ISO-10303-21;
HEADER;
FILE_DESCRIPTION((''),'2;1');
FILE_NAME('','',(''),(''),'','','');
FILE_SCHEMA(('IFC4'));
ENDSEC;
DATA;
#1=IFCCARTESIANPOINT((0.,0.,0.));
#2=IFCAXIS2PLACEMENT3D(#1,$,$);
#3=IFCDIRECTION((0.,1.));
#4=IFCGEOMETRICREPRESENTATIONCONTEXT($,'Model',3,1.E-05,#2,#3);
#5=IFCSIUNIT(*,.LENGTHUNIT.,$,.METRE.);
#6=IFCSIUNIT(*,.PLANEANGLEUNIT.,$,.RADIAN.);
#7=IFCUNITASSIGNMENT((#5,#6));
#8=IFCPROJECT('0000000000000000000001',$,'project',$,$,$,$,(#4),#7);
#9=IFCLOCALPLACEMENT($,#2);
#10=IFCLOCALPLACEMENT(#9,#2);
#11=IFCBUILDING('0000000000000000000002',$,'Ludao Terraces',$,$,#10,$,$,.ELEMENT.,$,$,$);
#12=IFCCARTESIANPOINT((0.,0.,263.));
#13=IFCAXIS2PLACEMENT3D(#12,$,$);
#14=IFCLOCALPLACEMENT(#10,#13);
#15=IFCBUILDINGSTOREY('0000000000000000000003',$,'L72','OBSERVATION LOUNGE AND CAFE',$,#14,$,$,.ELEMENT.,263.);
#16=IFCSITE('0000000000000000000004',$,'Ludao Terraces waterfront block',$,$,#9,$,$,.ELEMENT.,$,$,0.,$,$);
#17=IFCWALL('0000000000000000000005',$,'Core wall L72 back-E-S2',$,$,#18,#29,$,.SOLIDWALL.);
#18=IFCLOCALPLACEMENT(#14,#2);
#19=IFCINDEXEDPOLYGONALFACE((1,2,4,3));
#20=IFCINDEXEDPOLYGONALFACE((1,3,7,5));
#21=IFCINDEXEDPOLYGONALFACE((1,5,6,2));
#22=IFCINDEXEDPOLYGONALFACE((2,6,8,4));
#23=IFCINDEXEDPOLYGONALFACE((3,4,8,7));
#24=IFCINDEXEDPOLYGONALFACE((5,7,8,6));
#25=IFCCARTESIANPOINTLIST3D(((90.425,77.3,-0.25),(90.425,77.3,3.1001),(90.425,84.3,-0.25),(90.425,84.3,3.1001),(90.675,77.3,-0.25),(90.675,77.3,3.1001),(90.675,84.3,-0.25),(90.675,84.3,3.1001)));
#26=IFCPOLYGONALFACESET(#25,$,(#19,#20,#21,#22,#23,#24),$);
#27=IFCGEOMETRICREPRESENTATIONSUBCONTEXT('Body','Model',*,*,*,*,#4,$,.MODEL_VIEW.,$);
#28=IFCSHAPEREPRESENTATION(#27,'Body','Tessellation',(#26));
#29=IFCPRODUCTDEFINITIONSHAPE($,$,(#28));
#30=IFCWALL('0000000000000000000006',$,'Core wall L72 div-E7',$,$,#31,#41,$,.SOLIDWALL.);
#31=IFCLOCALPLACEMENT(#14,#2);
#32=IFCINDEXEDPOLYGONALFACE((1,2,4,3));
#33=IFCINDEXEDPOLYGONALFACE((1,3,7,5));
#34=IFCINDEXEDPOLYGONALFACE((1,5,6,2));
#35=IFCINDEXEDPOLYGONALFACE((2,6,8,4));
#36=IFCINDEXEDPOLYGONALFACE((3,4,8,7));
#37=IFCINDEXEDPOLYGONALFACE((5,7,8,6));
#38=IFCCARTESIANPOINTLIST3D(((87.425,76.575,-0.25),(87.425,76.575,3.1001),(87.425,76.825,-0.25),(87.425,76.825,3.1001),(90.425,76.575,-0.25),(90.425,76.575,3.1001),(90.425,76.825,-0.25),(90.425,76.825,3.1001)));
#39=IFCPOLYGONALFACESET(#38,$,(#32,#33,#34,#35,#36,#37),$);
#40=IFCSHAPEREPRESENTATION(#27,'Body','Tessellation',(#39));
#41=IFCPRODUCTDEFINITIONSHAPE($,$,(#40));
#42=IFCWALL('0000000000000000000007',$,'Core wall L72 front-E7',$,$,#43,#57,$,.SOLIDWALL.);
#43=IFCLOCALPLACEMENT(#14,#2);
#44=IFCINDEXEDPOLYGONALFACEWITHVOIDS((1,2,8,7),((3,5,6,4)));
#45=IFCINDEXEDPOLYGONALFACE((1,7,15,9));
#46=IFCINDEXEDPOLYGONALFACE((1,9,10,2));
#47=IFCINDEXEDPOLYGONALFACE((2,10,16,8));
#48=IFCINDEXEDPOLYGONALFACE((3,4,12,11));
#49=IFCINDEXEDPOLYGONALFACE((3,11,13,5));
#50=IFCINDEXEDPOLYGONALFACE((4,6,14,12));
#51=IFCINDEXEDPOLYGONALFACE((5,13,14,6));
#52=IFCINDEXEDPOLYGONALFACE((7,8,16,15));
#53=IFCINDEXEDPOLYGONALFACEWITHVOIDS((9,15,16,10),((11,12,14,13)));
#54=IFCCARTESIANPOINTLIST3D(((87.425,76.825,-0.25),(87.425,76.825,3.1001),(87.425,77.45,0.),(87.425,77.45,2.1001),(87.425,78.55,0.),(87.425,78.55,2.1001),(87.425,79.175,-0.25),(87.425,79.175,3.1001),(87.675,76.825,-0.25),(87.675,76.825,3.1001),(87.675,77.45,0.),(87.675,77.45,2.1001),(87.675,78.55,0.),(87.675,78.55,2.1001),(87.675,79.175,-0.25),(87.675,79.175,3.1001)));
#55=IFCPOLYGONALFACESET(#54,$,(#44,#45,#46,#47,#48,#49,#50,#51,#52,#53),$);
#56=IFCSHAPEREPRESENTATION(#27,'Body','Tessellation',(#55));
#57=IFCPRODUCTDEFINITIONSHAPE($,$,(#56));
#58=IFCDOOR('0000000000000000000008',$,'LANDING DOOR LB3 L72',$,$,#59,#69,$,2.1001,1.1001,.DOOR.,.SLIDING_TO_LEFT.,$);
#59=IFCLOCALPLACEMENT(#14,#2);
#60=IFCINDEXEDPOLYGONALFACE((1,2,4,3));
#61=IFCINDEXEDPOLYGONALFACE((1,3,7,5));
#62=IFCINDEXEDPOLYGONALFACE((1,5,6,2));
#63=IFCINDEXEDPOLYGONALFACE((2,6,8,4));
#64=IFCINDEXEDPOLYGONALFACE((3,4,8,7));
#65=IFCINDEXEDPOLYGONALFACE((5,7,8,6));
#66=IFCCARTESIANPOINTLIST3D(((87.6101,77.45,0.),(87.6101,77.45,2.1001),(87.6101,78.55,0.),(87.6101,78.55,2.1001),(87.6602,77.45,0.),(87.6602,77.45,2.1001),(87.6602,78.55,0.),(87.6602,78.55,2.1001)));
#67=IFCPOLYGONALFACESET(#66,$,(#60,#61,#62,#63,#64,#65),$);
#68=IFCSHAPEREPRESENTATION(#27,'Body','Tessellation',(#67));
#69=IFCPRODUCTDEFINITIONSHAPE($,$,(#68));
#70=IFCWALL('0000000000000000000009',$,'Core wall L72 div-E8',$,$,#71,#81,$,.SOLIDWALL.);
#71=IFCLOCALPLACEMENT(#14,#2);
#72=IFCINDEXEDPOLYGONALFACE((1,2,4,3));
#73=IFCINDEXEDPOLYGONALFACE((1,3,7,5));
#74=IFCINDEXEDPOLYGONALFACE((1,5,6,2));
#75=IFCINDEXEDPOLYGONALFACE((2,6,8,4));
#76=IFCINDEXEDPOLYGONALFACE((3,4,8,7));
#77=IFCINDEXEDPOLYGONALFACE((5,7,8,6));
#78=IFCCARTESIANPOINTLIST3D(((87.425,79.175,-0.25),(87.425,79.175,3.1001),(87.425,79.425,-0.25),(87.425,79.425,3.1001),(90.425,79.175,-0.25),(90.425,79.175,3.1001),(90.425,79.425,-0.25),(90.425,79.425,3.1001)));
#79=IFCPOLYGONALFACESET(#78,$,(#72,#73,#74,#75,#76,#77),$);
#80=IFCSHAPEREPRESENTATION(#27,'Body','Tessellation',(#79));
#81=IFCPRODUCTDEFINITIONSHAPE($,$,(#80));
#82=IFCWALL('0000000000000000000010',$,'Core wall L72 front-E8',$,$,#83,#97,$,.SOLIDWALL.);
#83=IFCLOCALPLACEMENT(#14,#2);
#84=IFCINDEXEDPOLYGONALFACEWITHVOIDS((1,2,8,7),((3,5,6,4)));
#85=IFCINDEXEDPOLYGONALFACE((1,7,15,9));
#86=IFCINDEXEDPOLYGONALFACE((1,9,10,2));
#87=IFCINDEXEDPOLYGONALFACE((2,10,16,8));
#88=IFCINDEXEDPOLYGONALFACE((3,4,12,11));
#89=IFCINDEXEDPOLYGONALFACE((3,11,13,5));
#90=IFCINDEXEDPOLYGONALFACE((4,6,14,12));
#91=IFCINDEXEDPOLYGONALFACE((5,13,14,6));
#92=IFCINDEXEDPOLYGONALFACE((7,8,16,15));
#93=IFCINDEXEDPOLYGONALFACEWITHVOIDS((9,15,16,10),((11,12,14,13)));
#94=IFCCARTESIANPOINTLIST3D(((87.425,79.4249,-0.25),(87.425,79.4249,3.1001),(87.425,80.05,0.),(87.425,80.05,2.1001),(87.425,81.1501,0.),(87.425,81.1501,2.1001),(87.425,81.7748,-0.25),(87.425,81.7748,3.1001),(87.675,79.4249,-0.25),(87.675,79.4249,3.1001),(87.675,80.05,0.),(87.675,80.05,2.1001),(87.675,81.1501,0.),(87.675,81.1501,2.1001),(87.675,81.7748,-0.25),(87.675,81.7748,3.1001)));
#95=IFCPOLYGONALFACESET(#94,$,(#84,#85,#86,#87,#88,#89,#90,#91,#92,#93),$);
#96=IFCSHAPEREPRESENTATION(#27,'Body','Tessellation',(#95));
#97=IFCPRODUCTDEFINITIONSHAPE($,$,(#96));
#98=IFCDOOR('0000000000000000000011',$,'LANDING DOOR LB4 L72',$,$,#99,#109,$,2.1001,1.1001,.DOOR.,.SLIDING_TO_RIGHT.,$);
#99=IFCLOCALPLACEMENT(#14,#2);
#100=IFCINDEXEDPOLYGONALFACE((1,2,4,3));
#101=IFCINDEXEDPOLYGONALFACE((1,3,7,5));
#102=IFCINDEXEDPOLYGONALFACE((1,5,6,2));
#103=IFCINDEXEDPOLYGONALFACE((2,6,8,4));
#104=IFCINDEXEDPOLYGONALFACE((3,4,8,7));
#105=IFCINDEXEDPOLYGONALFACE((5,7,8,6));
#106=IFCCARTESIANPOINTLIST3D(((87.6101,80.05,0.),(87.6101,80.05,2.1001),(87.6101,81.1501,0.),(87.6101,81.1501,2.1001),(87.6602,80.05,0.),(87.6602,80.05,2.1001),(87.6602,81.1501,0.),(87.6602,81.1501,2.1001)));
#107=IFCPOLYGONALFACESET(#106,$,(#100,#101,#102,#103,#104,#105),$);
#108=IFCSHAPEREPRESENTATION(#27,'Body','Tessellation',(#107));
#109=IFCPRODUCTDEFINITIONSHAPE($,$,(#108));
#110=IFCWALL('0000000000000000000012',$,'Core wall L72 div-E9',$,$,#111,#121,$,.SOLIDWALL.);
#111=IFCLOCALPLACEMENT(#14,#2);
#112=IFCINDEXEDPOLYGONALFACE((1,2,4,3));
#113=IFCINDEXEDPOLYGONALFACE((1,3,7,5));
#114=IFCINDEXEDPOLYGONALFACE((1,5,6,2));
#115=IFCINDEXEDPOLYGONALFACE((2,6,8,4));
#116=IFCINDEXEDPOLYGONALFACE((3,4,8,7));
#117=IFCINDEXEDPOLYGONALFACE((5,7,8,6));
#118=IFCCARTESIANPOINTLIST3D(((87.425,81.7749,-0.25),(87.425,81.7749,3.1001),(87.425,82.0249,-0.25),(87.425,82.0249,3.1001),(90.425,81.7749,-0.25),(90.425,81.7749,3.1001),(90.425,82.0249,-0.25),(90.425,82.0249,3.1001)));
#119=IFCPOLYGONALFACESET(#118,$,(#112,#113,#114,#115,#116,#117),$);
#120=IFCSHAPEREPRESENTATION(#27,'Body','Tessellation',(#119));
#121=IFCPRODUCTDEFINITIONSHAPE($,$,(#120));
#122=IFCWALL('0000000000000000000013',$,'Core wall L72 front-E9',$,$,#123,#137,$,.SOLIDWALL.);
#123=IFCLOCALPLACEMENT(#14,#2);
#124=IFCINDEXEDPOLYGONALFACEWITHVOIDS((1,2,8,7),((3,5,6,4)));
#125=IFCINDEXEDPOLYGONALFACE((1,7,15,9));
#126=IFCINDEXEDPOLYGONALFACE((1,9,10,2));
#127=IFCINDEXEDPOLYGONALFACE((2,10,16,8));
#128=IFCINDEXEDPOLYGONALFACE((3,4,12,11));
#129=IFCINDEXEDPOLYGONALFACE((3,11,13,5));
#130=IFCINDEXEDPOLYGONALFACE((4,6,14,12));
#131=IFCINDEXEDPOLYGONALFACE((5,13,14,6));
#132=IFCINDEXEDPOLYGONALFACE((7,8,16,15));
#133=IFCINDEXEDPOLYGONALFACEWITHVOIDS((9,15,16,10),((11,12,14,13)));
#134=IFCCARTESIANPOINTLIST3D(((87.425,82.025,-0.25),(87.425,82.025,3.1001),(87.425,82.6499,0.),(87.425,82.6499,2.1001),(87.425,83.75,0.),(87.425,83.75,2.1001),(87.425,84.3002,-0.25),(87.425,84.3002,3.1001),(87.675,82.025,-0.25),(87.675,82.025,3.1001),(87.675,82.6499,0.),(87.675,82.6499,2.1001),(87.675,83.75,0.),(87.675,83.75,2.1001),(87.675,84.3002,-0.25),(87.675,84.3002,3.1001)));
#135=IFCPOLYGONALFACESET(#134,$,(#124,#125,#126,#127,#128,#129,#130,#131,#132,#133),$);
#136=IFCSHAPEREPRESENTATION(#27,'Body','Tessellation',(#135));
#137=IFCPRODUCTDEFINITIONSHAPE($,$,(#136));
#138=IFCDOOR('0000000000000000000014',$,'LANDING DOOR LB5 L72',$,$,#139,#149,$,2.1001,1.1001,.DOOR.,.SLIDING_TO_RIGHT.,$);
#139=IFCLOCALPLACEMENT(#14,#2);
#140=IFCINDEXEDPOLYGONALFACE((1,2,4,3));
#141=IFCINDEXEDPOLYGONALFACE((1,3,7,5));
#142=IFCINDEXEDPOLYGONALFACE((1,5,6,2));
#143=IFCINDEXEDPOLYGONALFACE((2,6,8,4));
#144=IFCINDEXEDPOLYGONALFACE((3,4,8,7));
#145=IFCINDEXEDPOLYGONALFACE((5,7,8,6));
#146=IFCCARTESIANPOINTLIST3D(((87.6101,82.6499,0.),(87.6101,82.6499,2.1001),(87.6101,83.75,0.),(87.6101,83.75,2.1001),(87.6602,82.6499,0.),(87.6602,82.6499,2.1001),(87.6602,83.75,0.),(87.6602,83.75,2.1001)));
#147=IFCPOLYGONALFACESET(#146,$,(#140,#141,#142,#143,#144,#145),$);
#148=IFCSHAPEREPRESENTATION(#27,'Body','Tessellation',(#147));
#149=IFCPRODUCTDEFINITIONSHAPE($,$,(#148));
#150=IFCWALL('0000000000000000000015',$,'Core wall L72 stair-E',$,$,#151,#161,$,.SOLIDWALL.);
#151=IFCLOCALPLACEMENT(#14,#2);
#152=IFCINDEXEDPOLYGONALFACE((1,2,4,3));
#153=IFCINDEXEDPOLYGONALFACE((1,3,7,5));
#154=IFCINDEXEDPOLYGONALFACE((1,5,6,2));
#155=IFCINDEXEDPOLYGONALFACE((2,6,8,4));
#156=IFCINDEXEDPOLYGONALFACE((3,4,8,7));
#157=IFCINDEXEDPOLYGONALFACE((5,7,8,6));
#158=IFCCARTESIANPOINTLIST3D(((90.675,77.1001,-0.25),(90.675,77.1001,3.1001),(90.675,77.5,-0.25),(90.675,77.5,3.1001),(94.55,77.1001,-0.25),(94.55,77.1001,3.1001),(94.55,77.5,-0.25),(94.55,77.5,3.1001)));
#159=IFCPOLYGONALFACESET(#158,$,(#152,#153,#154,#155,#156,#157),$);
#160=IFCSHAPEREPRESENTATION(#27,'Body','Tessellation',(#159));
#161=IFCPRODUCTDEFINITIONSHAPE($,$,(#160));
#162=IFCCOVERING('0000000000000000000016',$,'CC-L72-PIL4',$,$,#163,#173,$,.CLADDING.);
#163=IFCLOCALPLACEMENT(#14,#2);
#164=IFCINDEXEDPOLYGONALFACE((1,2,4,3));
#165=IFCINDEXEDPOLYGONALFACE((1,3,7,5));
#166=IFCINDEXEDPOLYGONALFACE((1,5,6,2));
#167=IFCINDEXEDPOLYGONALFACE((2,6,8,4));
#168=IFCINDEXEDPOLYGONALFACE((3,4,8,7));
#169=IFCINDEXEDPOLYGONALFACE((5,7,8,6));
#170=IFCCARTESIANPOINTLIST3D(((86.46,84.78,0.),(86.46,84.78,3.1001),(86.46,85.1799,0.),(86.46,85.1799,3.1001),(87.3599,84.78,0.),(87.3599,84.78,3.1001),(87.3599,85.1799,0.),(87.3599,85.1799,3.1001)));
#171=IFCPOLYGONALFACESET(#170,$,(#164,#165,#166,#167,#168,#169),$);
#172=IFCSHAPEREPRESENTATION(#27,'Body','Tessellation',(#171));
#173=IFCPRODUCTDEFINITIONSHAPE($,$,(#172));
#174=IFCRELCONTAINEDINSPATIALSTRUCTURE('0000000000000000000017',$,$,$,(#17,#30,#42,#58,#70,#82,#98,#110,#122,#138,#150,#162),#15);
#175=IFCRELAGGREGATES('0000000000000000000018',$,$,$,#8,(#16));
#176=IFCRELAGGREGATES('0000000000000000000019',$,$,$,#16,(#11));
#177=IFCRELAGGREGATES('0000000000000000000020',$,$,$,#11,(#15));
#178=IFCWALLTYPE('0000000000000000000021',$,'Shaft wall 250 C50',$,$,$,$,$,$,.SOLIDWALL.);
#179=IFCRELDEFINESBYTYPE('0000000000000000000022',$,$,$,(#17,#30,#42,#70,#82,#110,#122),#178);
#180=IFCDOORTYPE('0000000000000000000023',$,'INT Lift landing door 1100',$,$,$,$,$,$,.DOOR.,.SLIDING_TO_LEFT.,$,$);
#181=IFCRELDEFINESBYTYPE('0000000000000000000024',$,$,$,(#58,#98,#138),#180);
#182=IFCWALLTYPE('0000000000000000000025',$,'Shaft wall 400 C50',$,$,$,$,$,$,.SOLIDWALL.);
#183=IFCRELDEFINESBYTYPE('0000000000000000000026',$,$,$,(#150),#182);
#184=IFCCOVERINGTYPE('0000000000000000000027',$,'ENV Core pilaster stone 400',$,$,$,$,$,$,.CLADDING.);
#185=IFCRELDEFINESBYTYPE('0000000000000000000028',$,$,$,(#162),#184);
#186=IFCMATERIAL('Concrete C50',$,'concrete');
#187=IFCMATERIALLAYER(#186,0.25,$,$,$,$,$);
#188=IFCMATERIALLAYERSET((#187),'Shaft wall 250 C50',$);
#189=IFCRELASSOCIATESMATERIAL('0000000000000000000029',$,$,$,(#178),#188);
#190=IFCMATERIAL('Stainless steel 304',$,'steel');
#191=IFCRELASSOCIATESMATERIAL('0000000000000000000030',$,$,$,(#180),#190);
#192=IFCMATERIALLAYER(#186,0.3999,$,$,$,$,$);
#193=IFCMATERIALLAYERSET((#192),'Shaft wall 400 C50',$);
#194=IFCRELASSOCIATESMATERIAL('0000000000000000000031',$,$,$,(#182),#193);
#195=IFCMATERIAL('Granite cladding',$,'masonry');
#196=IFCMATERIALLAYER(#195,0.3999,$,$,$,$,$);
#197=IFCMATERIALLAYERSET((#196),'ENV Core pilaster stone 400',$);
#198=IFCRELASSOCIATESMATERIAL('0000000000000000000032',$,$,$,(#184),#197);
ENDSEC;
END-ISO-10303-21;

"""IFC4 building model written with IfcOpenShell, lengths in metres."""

from ifc_helpers import new_model, si_unit, direction, frame, frame_2d, origin, origin_2d, place, context, subcontext, project, spatial, rectangle, extrude, material, layer, layer_set, type_object, element, fill, save


model = new_model("IFC4")

# Units and contexts
model_context = context("Model", 3, precision=1e-05, world=origin(), true_north=direction((0.0, 1.0)))
body_context = subcontext(model_context, "Body", "Model", "MODEL_VIEW")
ifc_project = project(units=[si_unit("LENGTHUNIT", "METRE"), si_unit("PLANEANGLEUNIT", "RADIAN")], contexts=[model_context])

# Site, building, storey
site_placement = place(None, origin())
site = spatial("IfcSite", under=ifc_project, at=site_placement, Name="Ludao Terraces waterfront block", CompositionType="ELEMENT", RefElevation=0.0)
building_placement = place(site_placement, origin())
building = spatial("IfcBuilding", under=site, at=building_placement, Name="Ludao Terraces", CompositionType="ELEMENT")
storey_placement = place(building_placement, frame((0.0, 0.0, 263.0)))
storey = spatial("IfcBuildingStorey", under=building, at=storey_placement, Name="L72", Description="OBSERVATION LOUNGE AND CAFE", CompositionType="ELEMENT", Elevation=263.0)

# Walls
ifc_material_1 = material(Name="Concrete C50", Category="concrete")
ifc_layer_1 = layer(ifc_material_1, 0.25)
ifc_layer_set_1 = layer_set([ifc_layer_1], Name="Shaft wall 250 C50")
wall_type_1 = type_object("IfcWallType", Name="Shaft wall 250 C50", PredefinedType="SOLIDWALL", material=ifc_layer_set_1)
wall_1_placement = place(storey_placement, frame((90.55, 77.3, -0.25), z_axis=(0.0, 0.0, 1.0), x_axis=(0.0, 1.0, 0.0)))
element("IfcWall", 1, at=wall_1_placement, inside=storey, type_object=wall_type_1, Name="Core wall L72 back-E-S2", PredefinedType="SOLIDWALL", context=body_context, shape_type="SweptSolid", body=[
    extrude(rectangle(XDim=7.0, YDim=0.25, at=frame_2d((3.5, 0.0))), origin(), (0.0, 0.0, 1.0), 3.3501),
])
wall_2_placement = place(storey_placement, frame((87.425, 76.7, -0.25), z_axis=(0.0, 0.0, 1.0), x_axis=(1.0, 0.0, 0.0)))
element("IfcWall", 2, at=wall_2_placement, inside=storey, type_object=wall_type_1, Name="Core wall L72 div-E7", PredefinedType="SOLIDWALL", context=body_context, shape_type="SweptSolid", body=[
    extrude(rectangle(XDim=3.0, YDim=0.25, at=frame_2d((1.5, 0.0))), origin(), (0.0, 0.0, 1.0), 3.3501),
])

# Wall, opening, door
wall_3_placement = place(storey_placement, frame((87.55, 76.825, -0.25), z_axis=(0.0, 0.0, 1.0), x_axis=(0.0, 1.0, 0.0)))
wall_3 = element("IfcWall", 3, at=wall_3_placement, inside=storey, type_object=wall_type_1, Name="Core wall L72 front-E7", PredefinedType="SOLIDWALL", context=body_context, shape_type="SweptSolid", body=[
    extrude(rectangle(XDim=2.3501, YDim=0.25, at=frame_2d((1.175, 0.0))), origin(), (0.0, 0.0, 1.0), 3.3501),
])
opening_1_placement = place(wall_3_placement, frame((0.625, 0.0, 0.25)))
opening_1 = element("IfcOpeningElement", 4, at=opening_1_placement, cuts=wall_3, PredefinedType="OPENING", context=body_context, shape_type="SweptSolid", body=[
    extrude(rectangle(XDim=1.1001, YDim=2.1001, at=frame_2d((0.55, 1.05))), frame((0.0, 0.135, 0.0), z_axis=(0.0, -1.0, 0.0), x_axis=(1.0, 0.0, 0.0)), (0.0, 0.0, 1.0), 0.27),
])
ifc_material_2 = material(Name="Stainless steel 304", Category="steel")
door_type = type_object("IfcDoorType", Name="INT Lift landing door 1100", OperationType="SLIDING_TO_LEFT", PredefinedType="DOOR", material=ifc_material_2)
door_1_placement = place(opening_1_placement, origin())
door_1 = element("IfcDoor", 5, at=door_1_placement, inside=storey, type_object=door_type, Name="LANDING DOOR LB3 L72", OperationType="SLIDING_TO_LEFT", OverallHeight=2.1001, OverallWidth=1.1001, PredefinedType="DOOR", context=body_context, shape_type="SweptSolid", body=[
    extrude(rectangle(XDim=1.1001, YDim=2.1001, at=frame_2d((0.55, 1.05))), frame((0.0, -0.0601, 0.0), z_axis=(0.0, -1.0, 0.0), x_axis=(1.0, 0.0, 0.0)), (0.0, 0.0, 1.0), 0.05),
])
fill(opening_1, door_1)

# Wall
wall_4_placement = place(storey_placement, frame((87.425, 79.3, -0.25), z_axis=(0.0, 0.0, 1.0), x_axis=(1.0, 0.0, 0.0)))
element("IfcWall", 6, at=wall_4_placement, inside=storey, type_object=wall_type_1, Name="Core wall L72 div-E8", PredefinedType="SOLIDWALL", context=body_context, shape_type="SweptSolid", body=[
    extrude(rectangle(XDim=3.0, YDim=0.25, at=frame_2d((1.5, 0.0))), origin(), (0.0, 0.0, 1.0), 3.3501),
])

# Wall, opening, door
wall_5_placement = place(storey_placement, frame((87.55, 79.425, -0.25), z_axis=(0.0, 0.0, 1.0), x_axis=(0.0, 1.0, 0.0)))
wall_5 = element("IfcWall", 7, at=wall_5_placement, inside=storey, type_object=wall_type_1, Name="Core wall L72 front-E8", PredefinedType="SOLIDWALL", context=body_context, shape_type="SweptSolid", body=[
    extrude(rectangle(XDim=2.3499, YDim=0.25, at=frame_2d((1.1748, 0.0))), origin(), (0.0, 0.0, 1.0), 3.3501),
])
opening_2_placement = place(wall_5_placement, frame((0.625, 0.0, 0.25)))
opening_2 = element("IfcOpeningElement", 8, at=opening_2_placement, cuts=wall_5, PredefinedType="OPENING", context=body_context, shape_type="SweptSolid", body=[
    extrude(rectangle(XDim=1.1001, YDim=2.1001, at=frame_2d((0.55, 1.05))), frame((0.0, 0.135, 0.0), z_axis=(0.0, -1.0, 0.0), x_axis=(1.0, 0.0, 0.0)), (0.0, 0.0, 1.0), 0.27),
])
door_2_placement = place(opening_2_placement, origin())
door_2 = element("IfcDoor", 9, at=door_2_placement, inside=storey, type_object=door_type, Name="LANDING DOOR LB4 L72", OperationType="SLIDING_TO_RIGHT", OverallHeight=2.1001, OverallWidth=1.1001, PredefinedType="DOOR", context=body_context, shape_type="SweptSolid", body=[
    extrude(rectangle(XDim=1.1001, YDim=2.1001, at=frame_2d((0.55, 1.05))), frame((0.0, -0.0601, 0.0), z_axis=(0.0, -1.0, 0.0), x_axis=(1.0, 0.0, 0.0)), (0.0, 0.0, 1.0), 0.05),
])
fill(opening_2, door_2)

# Wall
wall_6_placement = place(storey_placement, frame((87.425, 81.8999, -0.25), z_axis=(0.0, 0.0, 1.0), x_axis=(1.0, 0.0, 0.0)))
element("IfcWall", 10, at=wall_6_placement, inside=storey, type_object=wall_type_1, Name="Core wall L72 div-E9", PredefinedType="SOLIDWALL", context=body_context, shape_type="SweptSolid", body=[
    extrude(rectangle(XDim=3.0, YDim=0.25, at=frame_2d((1.5, 0.0))), origin(), (0.0, 0.0, 1.0), 3.3501),
])

# Wall, opening, door
wall_7_placement = place(storey_placement, frame((87.55, 82.0249, -0.25), z_axis=(0.0, 0.0, 1.0), x_axis=(0.0, 1.0, 0.0)))
wall_7 = element("IfcWall", 11, at=wall_7_placement, inside=storey, type_object=wall_type_1, Name="Core wall L72 front-E9", PredefinedType="SOLIDWALL", context=body_context, shape_type="SweptSolid", body=[
    extrude(rectangle(XDim=2.2751, YDim=0.25, at=frame_2d((1.1377, 0.0))), origin(), (0.0, 0.0, 1.0), 3.3501),
])
opening_3_placement = place(wall_7_placement, frame((0.625, 0.0, 0.25)))
opening_3 = element("IfcOpeningElement", 12, at=opening_3_placement, cuts=wall_7, PredefinedType="OPENING", context=body_context, shape_type="SweptSolid", body=[
    extrude(rectangle(XDim=1.1001, YDim=2.1001, at=frame_2d((0.55, 1.05))), frame((0.0, 0.135, 0.0), z_axis=(0.0, -1.0, 0.0), x_axis=(1.0, 0.0, 0.0)), (0.0, 0.0, 1.0), 0.27),
])
door_3_placement = place(opening_3_placement, origin())
door_3 = element("IfcDoor", 13, at=door_3_placement, inside=storey, type_object=door_type, Name="LANDING DOOR LB5 L72", OperationType="SLIDING_TO_RIGHT", OverallHeight=2.1001, OverallWidth=1.1001, PredefinedType="DOOR", context=body_context, shape_type="SweptSolid", body=[
    extrude(rectangle(XDim=1.1001, YDim=2.1001, at=frame_2d((0.55, 1.05))), frame((0.0, -0.0601, 0.0), z_axis=(0.0, -1.0, 0.0), x_axis=(1.0, 0.0, 0.0)), (0.0, 0.0, 1.0), 0.05),
])
fill(opening_3, door_3)

# Wall
ifc_layer_2 = layer(ifc_material_1, 0.3999)
ifc_layer_set_2 = layer_set([ifc_layer_2], Name="Shaft wall 400 C50")
wall_type_2 = type_object("IfcWallType", Name="Shaft wall 400 C50", PredefinedType="SOLIDWALL", material=ifc_layer_set_2)
wall_8_placement = place(storey_placement, frame((90.675, 77.3, -0.25), z_axis=(0.0, 0.0, 1.0), x_axis=(1.0, 0.0, 0.0)))
element("IfcWall", 14, at=wall_8_placement, inside=storey, type_object=wall_type_2, Name="Core wall L72 stair-E", PredefinedType="SOLIDWALL", context=body_context, shape_type="SweptSolid", body=[
    extrude(rectangle(XDim=3.875, YDim=0.3999, at=frame_2d((1.9375, 0.0))), origin(), (0.0, 0.0, 1.0), 3.3501),
])

# Covering
ifc_material_3 = material(Name="Granite cladding", Category="masonry")
ifc_layer_3 = layer(ifc_material_3, 0.3999)
ifc_layer_set_3 = layer_set([ifc_layer_3], Name="ENV Core pilaster stone 400")
covering_type_1 = type_object("IfcCoveringType", Name="ENV Core pilaster stone 400", PredefinedType="CLADDING", material=ifc_layer_set_3)
covering_placement = place(storey_placement, frame((86.9099, 84.98, 0.0), z_axis=(0.0, 0.0, 1.0), x_axis=(1.0, 0.0, 0.0)))
element("IfcCovering", 15, at=covering_placement, inside=storey, type_object=covering_type_1, Name="CC-L72-PIL4", PredefinedType="CLADDING", context=body_context, shape_type="SweptSolid", body=[
    extrude(rectangle(XDim=0.8999, YDim=0.3999, at=origin_2d()), origin(), (0.0, 0.0, 1.0), 3.1001),
])

save(model, "model.ifc")
